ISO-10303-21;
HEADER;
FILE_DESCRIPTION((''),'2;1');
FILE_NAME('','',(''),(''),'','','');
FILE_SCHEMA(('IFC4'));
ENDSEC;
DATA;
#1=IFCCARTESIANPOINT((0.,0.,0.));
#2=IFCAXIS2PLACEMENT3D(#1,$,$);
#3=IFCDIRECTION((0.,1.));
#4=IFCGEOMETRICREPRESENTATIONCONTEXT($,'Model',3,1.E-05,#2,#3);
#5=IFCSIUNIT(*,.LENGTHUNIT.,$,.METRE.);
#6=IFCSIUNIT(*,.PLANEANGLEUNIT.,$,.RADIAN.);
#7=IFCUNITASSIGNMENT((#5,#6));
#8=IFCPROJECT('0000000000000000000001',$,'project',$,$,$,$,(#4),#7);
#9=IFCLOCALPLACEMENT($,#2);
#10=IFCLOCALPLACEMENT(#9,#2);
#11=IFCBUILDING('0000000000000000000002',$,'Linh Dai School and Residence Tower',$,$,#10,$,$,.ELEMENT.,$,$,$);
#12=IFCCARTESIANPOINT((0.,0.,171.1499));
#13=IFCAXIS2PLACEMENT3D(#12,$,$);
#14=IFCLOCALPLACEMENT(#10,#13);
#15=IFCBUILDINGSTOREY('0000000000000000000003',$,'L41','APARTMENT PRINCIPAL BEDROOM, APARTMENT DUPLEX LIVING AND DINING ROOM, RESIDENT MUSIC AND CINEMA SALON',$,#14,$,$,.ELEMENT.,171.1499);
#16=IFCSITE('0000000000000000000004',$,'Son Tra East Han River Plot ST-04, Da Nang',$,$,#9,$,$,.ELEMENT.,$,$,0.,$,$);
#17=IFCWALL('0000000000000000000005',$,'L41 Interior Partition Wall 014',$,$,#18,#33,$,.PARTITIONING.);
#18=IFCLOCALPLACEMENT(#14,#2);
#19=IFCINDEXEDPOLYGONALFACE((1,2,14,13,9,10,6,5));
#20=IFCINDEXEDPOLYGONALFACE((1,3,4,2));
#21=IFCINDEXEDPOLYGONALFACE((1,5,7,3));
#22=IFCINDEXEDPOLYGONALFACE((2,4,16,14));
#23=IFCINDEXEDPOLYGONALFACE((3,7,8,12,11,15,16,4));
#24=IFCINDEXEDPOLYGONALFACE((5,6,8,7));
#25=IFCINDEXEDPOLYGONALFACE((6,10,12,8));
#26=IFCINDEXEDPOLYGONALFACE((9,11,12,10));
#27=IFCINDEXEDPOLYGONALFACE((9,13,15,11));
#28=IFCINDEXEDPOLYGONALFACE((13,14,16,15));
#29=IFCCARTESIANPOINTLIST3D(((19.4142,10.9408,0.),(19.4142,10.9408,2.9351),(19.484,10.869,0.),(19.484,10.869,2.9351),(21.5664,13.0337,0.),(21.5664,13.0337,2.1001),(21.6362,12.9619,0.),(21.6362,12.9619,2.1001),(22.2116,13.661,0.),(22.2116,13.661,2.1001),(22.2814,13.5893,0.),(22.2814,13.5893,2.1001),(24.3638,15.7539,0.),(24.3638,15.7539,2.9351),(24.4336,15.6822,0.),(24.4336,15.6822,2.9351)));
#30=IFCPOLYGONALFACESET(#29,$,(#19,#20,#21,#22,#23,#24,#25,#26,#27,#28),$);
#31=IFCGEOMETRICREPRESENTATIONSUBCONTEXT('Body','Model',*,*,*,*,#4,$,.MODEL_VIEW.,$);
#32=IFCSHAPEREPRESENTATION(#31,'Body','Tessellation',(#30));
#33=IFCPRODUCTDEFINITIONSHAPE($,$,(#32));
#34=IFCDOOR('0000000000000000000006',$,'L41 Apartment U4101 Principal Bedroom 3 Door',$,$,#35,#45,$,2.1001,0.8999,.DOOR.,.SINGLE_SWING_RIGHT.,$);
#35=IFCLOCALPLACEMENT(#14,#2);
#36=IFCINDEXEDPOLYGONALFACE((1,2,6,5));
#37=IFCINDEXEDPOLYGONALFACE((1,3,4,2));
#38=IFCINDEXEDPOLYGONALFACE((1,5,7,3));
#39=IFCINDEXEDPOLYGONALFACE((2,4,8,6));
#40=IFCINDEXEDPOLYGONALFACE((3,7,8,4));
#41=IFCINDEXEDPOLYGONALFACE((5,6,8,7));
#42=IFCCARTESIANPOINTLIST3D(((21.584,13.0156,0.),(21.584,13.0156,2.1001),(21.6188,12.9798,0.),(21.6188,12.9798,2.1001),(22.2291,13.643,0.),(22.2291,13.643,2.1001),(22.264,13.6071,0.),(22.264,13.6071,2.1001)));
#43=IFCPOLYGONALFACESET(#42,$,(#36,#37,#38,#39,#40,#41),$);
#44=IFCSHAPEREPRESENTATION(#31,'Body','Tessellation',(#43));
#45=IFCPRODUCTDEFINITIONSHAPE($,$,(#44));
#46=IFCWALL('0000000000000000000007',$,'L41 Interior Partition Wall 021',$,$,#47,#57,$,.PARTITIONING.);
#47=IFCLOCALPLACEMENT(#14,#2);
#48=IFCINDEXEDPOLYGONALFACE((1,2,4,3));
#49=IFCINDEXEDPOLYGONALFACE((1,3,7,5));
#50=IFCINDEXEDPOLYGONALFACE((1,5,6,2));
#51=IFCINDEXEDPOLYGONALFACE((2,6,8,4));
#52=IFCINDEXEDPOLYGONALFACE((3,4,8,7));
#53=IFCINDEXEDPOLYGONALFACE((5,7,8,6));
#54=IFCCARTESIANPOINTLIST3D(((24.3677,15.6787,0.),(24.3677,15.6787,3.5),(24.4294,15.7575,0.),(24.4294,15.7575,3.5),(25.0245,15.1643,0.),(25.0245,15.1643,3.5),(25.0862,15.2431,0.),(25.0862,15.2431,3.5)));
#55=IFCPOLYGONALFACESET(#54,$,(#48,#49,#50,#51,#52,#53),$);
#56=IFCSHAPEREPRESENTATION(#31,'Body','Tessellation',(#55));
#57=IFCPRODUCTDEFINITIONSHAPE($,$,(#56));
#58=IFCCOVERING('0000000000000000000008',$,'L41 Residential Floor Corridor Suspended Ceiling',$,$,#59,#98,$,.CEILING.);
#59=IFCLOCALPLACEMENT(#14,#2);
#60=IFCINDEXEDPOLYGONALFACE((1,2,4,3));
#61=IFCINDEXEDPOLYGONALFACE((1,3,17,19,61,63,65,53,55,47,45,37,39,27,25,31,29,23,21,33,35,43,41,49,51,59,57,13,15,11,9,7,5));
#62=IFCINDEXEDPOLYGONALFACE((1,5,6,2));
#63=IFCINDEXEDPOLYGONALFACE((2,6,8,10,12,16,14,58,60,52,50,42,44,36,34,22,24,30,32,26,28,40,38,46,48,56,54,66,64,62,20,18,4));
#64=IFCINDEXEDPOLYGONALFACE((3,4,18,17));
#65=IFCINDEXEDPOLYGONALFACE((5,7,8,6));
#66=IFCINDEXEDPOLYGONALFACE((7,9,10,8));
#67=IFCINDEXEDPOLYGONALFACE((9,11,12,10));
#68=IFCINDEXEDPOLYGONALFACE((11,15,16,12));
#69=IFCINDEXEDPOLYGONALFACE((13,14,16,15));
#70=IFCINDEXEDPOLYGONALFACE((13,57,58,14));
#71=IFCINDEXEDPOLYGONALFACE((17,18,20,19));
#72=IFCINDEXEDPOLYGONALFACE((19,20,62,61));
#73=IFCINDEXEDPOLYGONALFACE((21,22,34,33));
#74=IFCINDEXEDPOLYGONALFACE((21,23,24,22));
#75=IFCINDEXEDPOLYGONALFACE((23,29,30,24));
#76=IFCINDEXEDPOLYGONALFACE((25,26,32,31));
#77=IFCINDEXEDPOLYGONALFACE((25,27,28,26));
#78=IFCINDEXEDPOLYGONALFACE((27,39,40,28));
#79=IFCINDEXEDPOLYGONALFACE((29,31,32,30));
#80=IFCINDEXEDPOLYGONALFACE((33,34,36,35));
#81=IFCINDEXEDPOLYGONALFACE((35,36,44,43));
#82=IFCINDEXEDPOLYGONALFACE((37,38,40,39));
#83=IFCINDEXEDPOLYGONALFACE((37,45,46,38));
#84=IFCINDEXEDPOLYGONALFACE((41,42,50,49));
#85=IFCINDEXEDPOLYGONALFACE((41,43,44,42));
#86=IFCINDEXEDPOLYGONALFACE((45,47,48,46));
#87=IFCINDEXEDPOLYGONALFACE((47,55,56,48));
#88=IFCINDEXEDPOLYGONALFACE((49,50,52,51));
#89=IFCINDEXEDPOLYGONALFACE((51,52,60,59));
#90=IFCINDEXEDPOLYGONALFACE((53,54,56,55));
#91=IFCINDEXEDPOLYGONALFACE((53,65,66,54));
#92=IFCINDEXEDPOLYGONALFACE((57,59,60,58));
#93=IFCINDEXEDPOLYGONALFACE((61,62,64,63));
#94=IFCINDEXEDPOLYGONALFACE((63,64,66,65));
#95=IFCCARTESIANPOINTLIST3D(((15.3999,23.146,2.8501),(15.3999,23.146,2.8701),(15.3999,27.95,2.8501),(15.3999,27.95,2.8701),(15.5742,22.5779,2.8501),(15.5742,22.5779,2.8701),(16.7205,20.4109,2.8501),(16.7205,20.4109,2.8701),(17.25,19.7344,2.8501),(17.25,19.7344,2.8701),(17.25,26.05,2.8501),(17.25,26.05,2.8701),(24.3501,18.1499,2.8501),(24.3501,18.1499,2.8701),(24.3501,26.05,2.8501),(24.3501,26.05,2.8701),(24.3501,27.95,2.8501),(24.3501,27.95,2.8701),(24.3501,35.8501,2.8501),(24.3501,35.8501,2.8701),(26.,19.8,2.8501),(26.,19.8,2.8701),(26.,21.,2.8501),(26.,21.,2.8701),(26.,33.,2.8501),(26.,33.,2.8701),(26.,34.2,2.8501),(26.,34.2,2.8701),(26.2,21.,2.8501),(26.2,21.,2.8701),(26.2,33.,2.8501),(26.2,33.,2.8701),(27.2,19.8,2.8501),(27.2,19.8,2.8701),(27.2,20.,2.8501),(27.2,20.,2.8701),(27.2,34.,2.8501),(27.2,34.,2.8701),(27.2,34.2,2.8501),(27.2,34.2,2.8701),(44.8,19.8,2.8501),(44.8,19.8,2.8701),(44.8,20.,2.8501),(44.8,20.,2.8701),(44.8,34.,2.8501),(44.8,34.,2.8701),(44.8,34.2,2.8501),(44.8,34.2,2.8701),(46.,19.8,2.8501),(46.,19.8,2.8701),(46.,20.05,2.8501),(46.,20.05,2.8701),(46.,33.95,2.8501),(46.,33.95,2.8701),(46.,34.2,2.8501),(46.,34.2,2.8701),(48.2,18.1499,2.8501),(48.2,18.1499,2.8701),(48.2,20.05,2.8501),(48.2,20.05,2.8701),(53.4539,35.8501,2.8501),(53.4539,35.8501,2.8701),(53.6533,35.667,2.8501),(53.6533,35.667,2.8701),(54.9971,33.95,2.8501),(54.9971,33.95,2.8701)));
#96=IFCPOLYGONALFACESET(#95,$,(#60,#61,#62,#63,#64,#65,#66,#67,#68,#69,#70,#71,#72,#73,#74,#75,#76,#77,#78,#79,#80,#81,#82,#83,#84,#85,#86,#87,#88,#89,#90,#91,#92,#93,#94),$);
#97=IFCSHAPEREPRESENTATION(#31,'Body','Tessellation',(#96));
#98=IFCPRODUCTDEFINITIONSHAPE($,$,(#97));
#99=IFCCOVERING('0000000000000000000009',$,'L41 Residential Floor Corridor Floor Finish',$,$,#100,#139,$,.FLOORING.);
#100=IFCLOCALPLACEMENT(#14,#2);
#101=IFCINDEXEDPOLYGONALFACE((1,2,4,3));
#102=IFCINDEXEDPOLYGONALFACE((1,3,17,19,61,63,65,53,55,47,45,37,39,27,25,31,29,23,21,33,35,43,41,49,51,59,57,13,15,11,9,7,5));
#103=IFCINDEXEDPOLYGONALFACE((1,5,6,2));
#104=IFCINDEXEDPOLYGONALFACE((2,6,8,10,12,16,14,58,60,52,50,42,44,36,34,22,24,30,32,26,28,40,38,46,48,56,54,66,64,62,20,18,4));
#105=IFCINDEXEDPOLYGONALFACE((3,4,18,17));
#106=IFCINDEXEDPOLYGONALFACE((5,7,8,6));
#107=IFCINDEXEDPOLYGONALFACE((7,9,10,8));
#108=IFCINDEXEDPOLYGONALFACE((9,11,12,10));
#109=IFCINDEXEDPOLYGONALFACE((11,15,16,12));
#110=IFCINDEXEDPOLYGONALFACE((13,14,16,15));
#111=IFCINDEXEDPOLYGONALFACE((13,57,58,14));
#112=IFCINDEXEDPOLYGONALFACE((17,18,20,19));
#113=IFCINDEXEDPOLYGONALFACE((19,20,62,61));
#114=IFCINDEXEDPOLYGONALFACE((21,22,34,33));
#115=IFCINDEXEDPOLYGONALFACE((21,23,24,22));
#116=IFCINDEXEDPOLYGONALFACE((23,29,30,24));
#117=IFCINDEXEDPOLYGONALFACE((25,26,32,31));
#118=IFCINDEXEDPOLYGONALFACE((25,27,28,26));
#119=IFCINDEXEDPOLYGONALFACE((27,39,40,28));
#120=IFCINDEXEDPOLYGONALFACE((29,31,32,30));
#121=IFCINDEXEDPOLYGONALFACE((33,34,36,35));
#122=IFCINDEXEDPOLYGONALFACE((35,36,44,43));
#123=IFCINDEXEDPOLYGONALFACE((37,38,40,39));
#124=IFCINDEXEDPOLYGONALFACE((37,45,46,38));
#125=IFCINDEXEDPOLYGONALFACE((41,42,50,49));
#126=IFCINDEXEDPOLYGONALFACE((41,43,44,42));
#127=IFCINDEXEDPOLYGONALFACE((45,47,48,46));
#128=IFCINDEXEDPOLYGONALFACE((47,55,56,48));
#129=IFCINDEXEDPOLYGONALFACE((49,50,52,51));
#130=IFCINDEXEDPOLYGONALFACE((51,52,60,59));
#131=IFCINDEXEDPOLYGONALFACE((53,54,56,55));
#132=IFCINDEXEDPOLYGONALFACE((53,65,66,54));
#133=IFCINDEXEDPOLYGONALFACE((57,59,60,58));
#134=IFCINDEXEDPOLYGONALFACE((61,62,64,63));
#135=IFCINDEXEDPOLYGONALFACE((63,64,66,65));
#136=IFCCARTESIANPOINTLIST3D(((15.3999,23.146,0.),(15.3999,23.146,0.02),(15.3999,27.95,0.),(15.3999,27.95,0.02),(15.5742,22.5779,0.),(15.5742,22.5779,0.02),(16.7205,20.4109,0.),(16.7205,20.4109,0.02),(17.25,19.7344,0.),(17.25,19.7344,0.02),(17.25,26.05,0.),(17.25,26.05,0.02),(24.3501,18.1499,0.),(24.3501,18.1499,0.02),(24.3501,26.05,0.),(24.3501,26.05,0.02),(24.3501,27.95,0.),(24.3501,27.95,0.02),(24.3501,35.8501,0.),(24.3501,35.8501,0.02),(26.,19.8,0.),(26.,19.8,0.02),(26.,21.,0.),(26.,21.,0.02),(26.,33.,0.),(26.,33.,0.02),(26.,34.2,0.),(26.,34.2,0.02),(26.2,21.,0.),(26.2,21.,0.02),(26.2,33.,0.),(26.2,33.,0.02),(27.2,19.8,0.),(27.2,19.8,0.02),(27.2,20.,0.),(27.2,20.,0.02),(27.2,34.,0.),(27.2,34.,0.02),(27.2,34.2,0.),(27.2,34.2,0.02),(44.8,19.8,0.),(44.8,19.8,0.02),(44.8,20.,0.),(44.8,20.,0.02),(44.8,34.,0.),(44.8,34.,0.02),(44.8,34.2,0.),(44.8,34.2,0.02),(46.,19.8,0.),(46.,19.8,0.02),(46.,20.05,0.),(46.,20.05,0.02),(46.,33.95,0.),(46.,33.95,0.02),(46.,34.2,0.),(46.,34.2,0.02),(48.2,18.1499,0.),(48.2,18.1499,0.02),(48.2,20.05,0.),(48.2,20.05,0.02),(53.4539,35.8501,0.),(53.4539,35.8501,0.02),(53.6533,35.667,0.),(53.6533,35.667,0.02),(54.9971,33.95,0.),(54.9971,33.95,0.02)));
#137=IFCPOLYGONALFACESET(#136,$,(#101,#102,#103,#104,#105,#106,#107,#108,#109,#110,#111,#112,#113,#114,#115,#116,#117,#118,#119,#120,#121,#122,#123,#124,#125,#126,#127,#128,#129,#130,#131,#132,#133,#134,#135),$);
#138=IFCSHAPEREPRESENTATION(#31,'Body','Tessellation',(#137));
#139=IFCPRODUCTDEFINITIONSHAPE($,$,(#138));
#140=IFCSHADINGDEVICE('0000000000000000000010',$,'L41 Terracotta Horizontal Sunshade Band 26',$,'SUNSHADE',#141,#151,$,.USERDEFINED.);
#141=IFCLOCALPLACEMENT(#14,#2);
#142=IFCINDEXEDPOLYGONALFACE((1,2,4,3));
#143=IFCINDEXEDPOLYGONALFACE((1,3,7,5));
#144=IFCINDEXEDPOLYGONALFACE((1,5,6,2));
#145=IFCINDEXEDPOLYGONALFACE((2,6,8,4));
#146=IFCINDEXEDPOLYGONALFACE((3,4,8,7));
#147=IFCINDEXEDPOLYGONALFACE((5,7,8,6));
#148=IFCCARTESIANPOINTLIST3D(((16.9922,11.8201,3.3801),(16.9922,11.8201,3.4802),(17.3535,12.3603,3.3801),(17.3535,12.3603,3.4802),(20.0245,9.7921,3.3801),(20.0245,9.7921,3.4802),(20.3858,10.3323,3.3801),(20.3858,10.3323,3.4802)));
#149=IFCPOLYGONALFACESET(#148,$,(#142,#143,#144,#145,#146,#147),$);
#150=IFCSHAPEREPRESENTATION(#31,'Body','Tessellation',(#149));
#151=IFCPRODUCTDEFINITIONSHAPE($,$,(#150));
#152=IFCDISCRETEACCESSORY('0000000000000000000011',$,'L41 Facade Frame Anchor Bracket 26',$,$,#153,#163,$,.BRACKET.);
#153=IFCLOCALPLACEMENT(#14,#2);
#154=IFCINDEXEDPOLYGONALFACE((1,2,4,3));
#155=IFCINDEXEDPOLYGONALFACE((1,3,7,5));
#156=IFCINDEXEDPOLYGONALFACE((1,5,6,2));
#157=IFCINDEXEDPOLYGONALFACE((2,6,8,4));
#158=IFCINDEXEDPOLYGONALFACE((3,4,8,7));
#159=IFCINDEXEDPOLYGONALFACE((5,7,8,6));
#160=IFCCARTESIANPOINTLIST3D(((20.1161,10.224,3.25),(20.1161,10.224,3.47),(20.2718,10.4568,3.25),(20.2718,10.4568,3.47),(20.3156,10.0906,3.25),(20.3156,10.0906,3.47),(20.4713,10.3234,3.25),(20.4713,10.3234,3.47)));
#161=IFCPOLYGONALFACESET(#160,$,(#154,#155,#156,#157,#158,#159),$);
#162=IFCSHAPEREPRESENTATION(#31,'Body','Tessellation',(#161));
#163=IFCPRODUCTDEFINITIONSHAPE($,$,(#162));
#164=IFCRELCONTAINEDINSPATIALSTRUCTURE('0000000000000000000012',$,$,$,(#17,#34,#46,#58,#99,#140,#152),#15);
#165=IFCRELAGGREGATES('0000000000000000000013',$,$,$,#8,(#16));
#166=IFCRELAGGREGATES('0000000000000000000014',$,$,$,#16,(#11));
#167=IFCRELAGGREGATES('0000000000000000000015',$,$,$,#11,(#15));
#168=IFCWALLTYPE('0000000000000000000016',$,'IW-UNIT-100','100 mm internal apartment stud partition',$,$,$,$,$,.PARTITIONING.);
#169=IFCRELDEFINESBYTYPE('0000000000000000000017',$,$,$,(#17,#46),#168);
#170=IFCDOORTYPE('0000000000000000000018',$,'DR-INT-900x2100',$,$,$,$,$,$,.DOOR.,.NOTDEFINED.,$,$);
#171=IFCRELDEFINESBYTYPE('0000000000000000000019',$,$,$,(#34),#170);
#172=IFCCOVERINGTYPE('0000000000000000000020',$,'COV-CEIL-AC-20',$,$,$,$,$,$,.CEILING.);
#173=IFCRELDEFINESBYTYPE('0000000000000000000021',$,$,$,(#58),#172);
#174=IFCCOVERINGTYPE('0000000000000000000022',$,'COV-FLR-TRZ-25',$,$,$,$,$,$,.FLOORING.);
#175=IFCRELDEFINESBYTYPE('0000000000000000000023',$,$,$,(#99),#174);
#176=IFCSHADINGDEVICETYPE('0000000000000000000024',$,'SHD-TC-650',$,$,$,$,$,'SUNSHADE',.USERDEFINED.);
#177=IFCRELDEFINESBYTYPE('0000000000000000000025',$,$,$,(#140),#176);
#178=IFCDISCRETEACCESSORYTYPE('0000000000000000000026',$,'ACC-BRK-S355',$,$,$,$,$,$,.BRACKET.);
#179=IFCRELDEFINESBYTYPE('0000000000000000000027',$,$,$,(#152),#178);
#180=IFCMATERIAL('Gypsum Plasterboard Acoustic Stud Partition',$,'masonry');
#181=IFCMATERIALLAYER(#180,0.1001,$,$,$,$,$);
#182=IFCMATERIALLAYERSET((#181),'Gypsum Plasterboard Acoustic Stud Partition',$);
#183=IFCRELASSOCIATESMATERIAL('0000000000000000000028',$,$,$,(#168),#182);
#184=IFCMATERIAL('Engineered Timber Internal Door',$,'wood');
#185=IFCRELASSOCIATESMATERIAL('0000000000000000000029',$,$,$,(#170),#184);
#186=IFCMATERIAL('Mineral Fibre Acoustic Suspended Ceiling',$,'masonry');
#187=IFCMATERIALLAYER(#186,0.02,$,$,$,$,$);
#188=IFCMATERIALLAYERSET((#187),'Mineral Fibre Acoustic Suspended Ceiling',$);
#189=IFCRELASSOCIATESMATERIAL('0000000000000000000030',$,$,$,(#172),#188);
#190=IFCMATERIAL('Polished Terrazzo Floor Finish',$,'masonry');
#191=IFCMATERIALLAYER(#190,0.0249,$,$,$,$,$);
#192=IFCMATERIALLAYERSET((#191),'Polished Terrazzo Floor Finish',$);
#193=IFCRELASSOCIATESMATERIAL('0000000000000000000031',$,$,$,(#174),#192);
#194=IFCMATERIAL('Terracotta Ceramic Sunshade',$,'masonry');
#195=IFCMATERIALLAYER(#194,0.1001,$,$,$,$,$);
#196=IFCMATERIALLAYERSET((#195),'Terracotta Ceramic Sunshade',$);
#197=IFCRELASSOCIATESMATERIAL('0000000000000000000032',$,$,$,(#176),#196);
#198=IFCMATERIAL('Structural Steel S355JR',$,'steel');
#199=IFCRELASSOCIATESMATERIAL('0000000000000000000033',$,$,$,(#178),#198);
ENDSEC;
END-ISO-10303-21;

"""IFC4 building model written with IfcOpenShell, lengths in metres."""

from ifc_helpers import new_model, si_unit, direction, frame, frame_2d, origin, origin_2d, place, context, subcontext, project, spatial, polyline, rectangle, outline, extrude, source, transform, mapped, material, layer, layer_set, type_object, element, fill, save


model = new_model("IFC4")

# Units and contexts
model_context = context("Model", 3, precision=1e-05, world=origin(), true_north=direction((0.0, 1.0)))
body_context = subcontext(model_context, "Body", "Model", "MODEL_VIEW")
ifc_project = project(units=[si_unit("LENGTHUNIT", "METRE"), si_unit("PLANEANGLEUNIT", "RADIAN")], contexts=[model_context])

# Site, building, storey
site_placement = place(None, origin())
site = spatial("IfcSite", under=ifc_project, at=site_placement, Name="Son Tra East Han River Plot ST-04, Da Nang", CompositionType="ELEMENT", RefElevation=0.0)
building_placement = place(site_placement, origin())
building = spatial("IfcBuilding", under=site, at=building_placement, Name="Linh Dai School and Residence Tower", CompositionType="ELEMENT")
storey_placement = place(building_placement, frame((0.0, 0.0, 171.1499)))
storey = spatial("IfcBuildingStorey", under=building, at=storey_placement, Name="L41", Description="APARTMENT PRINCIPAL BEDROOM, APARTMENT DUPLEX LIVING AND DINING ROOM, RESIDENT MUSIC AND CINEMA SALON", CompositionType="ELEMENT", Elevation=171.1499)

# Shared definitions
ifc_material_1 = material(Name="Structural Steel S355JR", Category="steel")

# Wall, opening, door
ifc_material_2 = material(Name="Gypsum Plasterboard Acoustic Stud Partition", Category="masonry")
ifc_layer_1 = layer(ifc_material_2, 0.1001)
ifc_layer_set_1 = layer_set([ifc_layer_1], Name="Gypsum Plasterboard Acoustic Stud Partition")
wall_type_1 = type_object("IfcWallType", Name="IW-UNIT-100", Description="100 mm internal apartment stud partition", PredefinedType="PARTITIONING", material=ifc_layer_set_1)
wall_1_placement = place(storey_placement, frame((19.449, 10.9048, 0.0), z_axis=(0.0, 0.0, 1.0), x_axis=(0.716921, 0.697154, 0.0)))
wall_1 = element("IfcWall", 1, at=wall_1_placement, inside=storey, type_object=wall_type_1, Name="L41 Interior Partition Wall 014", PredefinedType="PARTITIONING", context=body_context, shape_type="SweptSolid", body=[
    extrude(rectangle(XDim=6.9041, YDim=0.1001, at=frame_2d((3.4521, 0.0))), origin(), (0.0, 0.0, 1.0), 2.9351),
])
opening_1_placement = place(wall_1_placement, frame((3.0022, 0.0, 0.0)))
opening_1 = element("IfcOpeningElement", 2, at=opening_1_placement, cuts=wall_1, PredefinedType="OPENING", context=body_context, shape_type="SweptSolid", body=[
    extrude(rectangle(XDim=0.8999, YDim=2.1001, at=origin_2d()), frame((0.45, 0.0601, 1.05), z_axis=(0.0, -1.0, 0.0), x_axis=(1.0, 0.0, 0.0)), (0.0, 0.0, 1.0), 0.1201),
])
ifc_material_3 = material(Name="Engineered Timber Internal Door", Category="wood")
door_type_1 = type_object("IfcDoorType", Name="DR-INT-900x2100", OperationType="NOTDEFINED", PredefinedType="DOOR", material=ifc_material_3)
shared_shape_1 = source(origin(), body_context, "Body", "SweptSolid", [
    extrude(rectangle(XDim=0.8999, YDim=2.1001, at=origin_2d()), frame((0.45, 0.0249, 1.05), z_axis=(0.0, -1.0, 0.0), x_axis=(1.0, 0.0, 0.0)), (0.0, 0.0, 1.0), 0.05),
])
door_1_placement = place(opening_1_placement, origin())
door_1 = element("IfcDoor", 3, at=door_1_placement, inside=storey, type_object=door_type_1, Name="L41 Apartment U4101 Principal Bedroom 3 Door", OperationType="SINGLE_SWING_RIGHT", OverallHeight=2.1001, OverallWidth=0.8999, PredefinedType="DOOR", context=body_context, shape_type="MappedRepresentation", body=[
    mapped(shared_shape_1, transform((0.0, 0.0, 0.0), x_axis=(1.0, 0.0, 0.0), y_axis=(0.0, 1.0, 0.0), z_axis=(0.0, 0.0, 1.0), scale=1.0)),
])
fill(opening_1, door_1)

# Wall
wall_2_placement = place(storey_placement, frame((24.3987, 15.718, 0.0), z_axis=(0.0, 0.0, 1.0), x_axis=(0.787252, -0.616632, 0.0)))
element("IfcWall", 4, at=wall_2_placement, inside=storey, type_object=wall_type_1, Name="L41 Interior Partition Wall 021", PredefinedType="PARTITIONING", context=body_context, shape_type="SweptSolid", body=[
    extrude(rectangle(XDim=0.8342, YDim=0.1001, at=frame_2d((0.417, 0.0))), origin(), (0.0, 0.0, 1.0), 3.5),
])

# Coverings
ifc_material_4 = material(Name="Mineral Fibre Acoustic Suspended Ceiling", Category="masonry")
ifc_layer_2 = layer(ifc_material_4, 0.02)
ifc_layer_set_2 = layer_set([ifc_layer_2], Name="Mineral Fibre Acoustic Suspended Ceiling")
covering_type_1 = type_object("IfcCoveringType", Name="COV-CEIL-AC-20", PredefinedType="CEILING", material=ifc_layer_set_2)
covering_1_placement = place(storey_placement, frame((0.0, 0.0, 2.8501)))
element("IfcCovering", 5, at=covering_1_placement, inside=storey, type_object=covering_type_1, Name="L41 Residential Floor Corridor Suspended Ceiling", PredefinedType="CEILING", context=body_context, shape_type="SweptSolid", body=[
    extrude(outline(polyline([(17.25, 19.7344), (16.7205, 20.4109), (15.5742, 22.5779), (15.3999, 23.146), (15.3999, 27.95), (24.3501, 27.95), (24.3501, 35.8501), (53.4539, 35.8501), (53.6533, 35.667), (54.9971, 33.95), (46.0, 33.95), (46.0, 34.2), (44.8, 34.2), (44.8, 34.0), (27.2, 34.0), (27.2, 34.2), (26.0, 34.2), (26.0, 33.0), (26.2, 33.0), (26.2, 21.0), (26.0, 21.0), (26.0, 19.8), (27.2, 19.8), (27.2, 20.0), (44.8, 20.0), (44.8, 19.8), (46.0, 19.8), (46.0, 20.05), (48.2, 20.05), (48.2, 18.1499), (24.3501, 18.1499), (24.3501, 26.05), (17.25, 26.05), (17.25, 19.7344)])), origin(), (0.0, 0.0, 1.0), 0.02),
])
ifc_material_5 = material(Name="Polished Terrazzo Floor Finish", Category="masonry")
ifc_layer_3 = layer(ifc_material_5, 0.0249)
ifc_layer_set_3 = layer_set([ifc_layer_3], Name="Polished Terrazzo Floor Finish")
covering_type_2 = type_object("IfcCoveringType", Name="COV-FLR-TRZ-25", PredefinedType="FLOORING", material=ifc_layer_set_3)
covering_2_placement = place(storey_placement, origin())
element("IfcCovering", 6, at=covering_2_placement, inside=storey, type_object=covering_type_2, Name="L41 Residential Floor Corridor Floor Finish", PredefinedType="FLOORING", context=body_context, shape_type="SweptSolid", body=[
    extrude(outline(polyline([(17.25, 19.7344), (16.7205, 20.4109), (15.5742, 22.5779), (15.3999, 23.146), (15.3999, 27.95), (24.3501, 27.95), (24.3501, 35.8501), (53.4539, 35.8501), (53.6533, 35.667), (54.9971, 33.95), (46.0, 33.95), (46.0, 34.2), (44.8, 34.2), (44.8, 34.0), (27.2, 34.0), (27.2, 34.2), (26.0, 34.2), (26.0, 33.0), (26.2, 33.0), (26.2, 21.0), (26.0, 21.0), (26.0, 19.8), (27.2, 19.8), (27.2, 20.0), (44.8, 20.0), (44.8, 19.8), (46.0, 19.8), (46.0, 20.05), (48.2, 20.05), (48.2, 18.1499), (24.3501, 18.1499), (24.3501, 26.05), (17.25, 26.05), (17.25, 19.7344)])), origin(), (0.0, 0.0, 1.0), 0.02),
])

# Shading device
ifc_material_6 = material(Name="Terracotta Ceramic Sunshade", Category="masonry")
ifc_layer_4 = layer(ifc_material_6, 0.1001)
ifc_layer_set_4 = layer_set([ifc_layer_4], Name="Terracotta Ceramic Sunshade")
shading_device_type = type_object("IfcShadingDeviceType", Name="SHD-TC-650", ElementType="SUNSHADE", PredefinedType="USERDEFINED", material=ifc_layer_set_4)
shared_shape_2 = source(origin(), body_context, "Body", "SweptSolid", [
    extrude(rectangle(XDim=3.6479, YDim=0.6499, at=origin_2d()), origin(), (0.0, 0.0, 1.0), 0.1001),
])
shading_device_placement = place(storey_placement, frame((18.689, 11.0762, 3.3801), z_axis=(0.0, 0.0, 1.0), x_axis=(-0.831228, 0.555931, 0.0)))
element("IfcShadingDevice", 7, at=shading_device_placement, inside=storey, type_object=shading_device_type, Name="L41 Terracotta Horizontal Sunshade Band 26", ObjectType="SUNSHADE", PredefinedType="USERDEFINED", context=body_context, shape_type="MappedRepresentation", body=[
    mapped(shared_shape_2, transform((0.0, 0.0, 0.0), x_axis=(1.0, 0.0, 0.0), y_axis=(0.0, 1.0, 0.0), z_axis=(0.0, 0.0, 1.0), scale=1.0)),
])

# Discrete accessory
discrete_accessory_type = type_object("IfcDiscreteAccessoryType", Name="ACC-BRK-S355", PredefinedType="BRACKET", material=ifc_material_1)
shared_shape_3 = source(origin(), body_context, "Body", "SweptSolid", [
    extrude(rectangle(XDim=0.28, YDim=0.24, at=origin_2d()), origin(), (0.0, 0.0, 1.0), 0.22),
])
discrete_accessory_placement = place(storey_placement, frame((20.2937, 10.2737, 3.25), z_axis=(0.0, 0.0, 1.0), x_axis=(-0.555931, -0.831228, 0.0)))
element("IfcDiscreteAccessory", 8, at=discrete_accessory_placement, inside=storey, type_object=discrete_accessory_type, Name="L41 Facade Frame Anchor Bracket 26", PredefinedType="BRACKET", context=body_context, shape_type="MappedRepresentation", body=[
    mapped(shared_shape_3, transform((0.0, 0.0, 0.0), x_axis=(1.0, 0.0, 0.0), y_axis=(0.0, 1.0, 0.0), z_axis=(0.0, 0.0, 1.0), scale=1.0)),
])

save(model, "model.ifc")
